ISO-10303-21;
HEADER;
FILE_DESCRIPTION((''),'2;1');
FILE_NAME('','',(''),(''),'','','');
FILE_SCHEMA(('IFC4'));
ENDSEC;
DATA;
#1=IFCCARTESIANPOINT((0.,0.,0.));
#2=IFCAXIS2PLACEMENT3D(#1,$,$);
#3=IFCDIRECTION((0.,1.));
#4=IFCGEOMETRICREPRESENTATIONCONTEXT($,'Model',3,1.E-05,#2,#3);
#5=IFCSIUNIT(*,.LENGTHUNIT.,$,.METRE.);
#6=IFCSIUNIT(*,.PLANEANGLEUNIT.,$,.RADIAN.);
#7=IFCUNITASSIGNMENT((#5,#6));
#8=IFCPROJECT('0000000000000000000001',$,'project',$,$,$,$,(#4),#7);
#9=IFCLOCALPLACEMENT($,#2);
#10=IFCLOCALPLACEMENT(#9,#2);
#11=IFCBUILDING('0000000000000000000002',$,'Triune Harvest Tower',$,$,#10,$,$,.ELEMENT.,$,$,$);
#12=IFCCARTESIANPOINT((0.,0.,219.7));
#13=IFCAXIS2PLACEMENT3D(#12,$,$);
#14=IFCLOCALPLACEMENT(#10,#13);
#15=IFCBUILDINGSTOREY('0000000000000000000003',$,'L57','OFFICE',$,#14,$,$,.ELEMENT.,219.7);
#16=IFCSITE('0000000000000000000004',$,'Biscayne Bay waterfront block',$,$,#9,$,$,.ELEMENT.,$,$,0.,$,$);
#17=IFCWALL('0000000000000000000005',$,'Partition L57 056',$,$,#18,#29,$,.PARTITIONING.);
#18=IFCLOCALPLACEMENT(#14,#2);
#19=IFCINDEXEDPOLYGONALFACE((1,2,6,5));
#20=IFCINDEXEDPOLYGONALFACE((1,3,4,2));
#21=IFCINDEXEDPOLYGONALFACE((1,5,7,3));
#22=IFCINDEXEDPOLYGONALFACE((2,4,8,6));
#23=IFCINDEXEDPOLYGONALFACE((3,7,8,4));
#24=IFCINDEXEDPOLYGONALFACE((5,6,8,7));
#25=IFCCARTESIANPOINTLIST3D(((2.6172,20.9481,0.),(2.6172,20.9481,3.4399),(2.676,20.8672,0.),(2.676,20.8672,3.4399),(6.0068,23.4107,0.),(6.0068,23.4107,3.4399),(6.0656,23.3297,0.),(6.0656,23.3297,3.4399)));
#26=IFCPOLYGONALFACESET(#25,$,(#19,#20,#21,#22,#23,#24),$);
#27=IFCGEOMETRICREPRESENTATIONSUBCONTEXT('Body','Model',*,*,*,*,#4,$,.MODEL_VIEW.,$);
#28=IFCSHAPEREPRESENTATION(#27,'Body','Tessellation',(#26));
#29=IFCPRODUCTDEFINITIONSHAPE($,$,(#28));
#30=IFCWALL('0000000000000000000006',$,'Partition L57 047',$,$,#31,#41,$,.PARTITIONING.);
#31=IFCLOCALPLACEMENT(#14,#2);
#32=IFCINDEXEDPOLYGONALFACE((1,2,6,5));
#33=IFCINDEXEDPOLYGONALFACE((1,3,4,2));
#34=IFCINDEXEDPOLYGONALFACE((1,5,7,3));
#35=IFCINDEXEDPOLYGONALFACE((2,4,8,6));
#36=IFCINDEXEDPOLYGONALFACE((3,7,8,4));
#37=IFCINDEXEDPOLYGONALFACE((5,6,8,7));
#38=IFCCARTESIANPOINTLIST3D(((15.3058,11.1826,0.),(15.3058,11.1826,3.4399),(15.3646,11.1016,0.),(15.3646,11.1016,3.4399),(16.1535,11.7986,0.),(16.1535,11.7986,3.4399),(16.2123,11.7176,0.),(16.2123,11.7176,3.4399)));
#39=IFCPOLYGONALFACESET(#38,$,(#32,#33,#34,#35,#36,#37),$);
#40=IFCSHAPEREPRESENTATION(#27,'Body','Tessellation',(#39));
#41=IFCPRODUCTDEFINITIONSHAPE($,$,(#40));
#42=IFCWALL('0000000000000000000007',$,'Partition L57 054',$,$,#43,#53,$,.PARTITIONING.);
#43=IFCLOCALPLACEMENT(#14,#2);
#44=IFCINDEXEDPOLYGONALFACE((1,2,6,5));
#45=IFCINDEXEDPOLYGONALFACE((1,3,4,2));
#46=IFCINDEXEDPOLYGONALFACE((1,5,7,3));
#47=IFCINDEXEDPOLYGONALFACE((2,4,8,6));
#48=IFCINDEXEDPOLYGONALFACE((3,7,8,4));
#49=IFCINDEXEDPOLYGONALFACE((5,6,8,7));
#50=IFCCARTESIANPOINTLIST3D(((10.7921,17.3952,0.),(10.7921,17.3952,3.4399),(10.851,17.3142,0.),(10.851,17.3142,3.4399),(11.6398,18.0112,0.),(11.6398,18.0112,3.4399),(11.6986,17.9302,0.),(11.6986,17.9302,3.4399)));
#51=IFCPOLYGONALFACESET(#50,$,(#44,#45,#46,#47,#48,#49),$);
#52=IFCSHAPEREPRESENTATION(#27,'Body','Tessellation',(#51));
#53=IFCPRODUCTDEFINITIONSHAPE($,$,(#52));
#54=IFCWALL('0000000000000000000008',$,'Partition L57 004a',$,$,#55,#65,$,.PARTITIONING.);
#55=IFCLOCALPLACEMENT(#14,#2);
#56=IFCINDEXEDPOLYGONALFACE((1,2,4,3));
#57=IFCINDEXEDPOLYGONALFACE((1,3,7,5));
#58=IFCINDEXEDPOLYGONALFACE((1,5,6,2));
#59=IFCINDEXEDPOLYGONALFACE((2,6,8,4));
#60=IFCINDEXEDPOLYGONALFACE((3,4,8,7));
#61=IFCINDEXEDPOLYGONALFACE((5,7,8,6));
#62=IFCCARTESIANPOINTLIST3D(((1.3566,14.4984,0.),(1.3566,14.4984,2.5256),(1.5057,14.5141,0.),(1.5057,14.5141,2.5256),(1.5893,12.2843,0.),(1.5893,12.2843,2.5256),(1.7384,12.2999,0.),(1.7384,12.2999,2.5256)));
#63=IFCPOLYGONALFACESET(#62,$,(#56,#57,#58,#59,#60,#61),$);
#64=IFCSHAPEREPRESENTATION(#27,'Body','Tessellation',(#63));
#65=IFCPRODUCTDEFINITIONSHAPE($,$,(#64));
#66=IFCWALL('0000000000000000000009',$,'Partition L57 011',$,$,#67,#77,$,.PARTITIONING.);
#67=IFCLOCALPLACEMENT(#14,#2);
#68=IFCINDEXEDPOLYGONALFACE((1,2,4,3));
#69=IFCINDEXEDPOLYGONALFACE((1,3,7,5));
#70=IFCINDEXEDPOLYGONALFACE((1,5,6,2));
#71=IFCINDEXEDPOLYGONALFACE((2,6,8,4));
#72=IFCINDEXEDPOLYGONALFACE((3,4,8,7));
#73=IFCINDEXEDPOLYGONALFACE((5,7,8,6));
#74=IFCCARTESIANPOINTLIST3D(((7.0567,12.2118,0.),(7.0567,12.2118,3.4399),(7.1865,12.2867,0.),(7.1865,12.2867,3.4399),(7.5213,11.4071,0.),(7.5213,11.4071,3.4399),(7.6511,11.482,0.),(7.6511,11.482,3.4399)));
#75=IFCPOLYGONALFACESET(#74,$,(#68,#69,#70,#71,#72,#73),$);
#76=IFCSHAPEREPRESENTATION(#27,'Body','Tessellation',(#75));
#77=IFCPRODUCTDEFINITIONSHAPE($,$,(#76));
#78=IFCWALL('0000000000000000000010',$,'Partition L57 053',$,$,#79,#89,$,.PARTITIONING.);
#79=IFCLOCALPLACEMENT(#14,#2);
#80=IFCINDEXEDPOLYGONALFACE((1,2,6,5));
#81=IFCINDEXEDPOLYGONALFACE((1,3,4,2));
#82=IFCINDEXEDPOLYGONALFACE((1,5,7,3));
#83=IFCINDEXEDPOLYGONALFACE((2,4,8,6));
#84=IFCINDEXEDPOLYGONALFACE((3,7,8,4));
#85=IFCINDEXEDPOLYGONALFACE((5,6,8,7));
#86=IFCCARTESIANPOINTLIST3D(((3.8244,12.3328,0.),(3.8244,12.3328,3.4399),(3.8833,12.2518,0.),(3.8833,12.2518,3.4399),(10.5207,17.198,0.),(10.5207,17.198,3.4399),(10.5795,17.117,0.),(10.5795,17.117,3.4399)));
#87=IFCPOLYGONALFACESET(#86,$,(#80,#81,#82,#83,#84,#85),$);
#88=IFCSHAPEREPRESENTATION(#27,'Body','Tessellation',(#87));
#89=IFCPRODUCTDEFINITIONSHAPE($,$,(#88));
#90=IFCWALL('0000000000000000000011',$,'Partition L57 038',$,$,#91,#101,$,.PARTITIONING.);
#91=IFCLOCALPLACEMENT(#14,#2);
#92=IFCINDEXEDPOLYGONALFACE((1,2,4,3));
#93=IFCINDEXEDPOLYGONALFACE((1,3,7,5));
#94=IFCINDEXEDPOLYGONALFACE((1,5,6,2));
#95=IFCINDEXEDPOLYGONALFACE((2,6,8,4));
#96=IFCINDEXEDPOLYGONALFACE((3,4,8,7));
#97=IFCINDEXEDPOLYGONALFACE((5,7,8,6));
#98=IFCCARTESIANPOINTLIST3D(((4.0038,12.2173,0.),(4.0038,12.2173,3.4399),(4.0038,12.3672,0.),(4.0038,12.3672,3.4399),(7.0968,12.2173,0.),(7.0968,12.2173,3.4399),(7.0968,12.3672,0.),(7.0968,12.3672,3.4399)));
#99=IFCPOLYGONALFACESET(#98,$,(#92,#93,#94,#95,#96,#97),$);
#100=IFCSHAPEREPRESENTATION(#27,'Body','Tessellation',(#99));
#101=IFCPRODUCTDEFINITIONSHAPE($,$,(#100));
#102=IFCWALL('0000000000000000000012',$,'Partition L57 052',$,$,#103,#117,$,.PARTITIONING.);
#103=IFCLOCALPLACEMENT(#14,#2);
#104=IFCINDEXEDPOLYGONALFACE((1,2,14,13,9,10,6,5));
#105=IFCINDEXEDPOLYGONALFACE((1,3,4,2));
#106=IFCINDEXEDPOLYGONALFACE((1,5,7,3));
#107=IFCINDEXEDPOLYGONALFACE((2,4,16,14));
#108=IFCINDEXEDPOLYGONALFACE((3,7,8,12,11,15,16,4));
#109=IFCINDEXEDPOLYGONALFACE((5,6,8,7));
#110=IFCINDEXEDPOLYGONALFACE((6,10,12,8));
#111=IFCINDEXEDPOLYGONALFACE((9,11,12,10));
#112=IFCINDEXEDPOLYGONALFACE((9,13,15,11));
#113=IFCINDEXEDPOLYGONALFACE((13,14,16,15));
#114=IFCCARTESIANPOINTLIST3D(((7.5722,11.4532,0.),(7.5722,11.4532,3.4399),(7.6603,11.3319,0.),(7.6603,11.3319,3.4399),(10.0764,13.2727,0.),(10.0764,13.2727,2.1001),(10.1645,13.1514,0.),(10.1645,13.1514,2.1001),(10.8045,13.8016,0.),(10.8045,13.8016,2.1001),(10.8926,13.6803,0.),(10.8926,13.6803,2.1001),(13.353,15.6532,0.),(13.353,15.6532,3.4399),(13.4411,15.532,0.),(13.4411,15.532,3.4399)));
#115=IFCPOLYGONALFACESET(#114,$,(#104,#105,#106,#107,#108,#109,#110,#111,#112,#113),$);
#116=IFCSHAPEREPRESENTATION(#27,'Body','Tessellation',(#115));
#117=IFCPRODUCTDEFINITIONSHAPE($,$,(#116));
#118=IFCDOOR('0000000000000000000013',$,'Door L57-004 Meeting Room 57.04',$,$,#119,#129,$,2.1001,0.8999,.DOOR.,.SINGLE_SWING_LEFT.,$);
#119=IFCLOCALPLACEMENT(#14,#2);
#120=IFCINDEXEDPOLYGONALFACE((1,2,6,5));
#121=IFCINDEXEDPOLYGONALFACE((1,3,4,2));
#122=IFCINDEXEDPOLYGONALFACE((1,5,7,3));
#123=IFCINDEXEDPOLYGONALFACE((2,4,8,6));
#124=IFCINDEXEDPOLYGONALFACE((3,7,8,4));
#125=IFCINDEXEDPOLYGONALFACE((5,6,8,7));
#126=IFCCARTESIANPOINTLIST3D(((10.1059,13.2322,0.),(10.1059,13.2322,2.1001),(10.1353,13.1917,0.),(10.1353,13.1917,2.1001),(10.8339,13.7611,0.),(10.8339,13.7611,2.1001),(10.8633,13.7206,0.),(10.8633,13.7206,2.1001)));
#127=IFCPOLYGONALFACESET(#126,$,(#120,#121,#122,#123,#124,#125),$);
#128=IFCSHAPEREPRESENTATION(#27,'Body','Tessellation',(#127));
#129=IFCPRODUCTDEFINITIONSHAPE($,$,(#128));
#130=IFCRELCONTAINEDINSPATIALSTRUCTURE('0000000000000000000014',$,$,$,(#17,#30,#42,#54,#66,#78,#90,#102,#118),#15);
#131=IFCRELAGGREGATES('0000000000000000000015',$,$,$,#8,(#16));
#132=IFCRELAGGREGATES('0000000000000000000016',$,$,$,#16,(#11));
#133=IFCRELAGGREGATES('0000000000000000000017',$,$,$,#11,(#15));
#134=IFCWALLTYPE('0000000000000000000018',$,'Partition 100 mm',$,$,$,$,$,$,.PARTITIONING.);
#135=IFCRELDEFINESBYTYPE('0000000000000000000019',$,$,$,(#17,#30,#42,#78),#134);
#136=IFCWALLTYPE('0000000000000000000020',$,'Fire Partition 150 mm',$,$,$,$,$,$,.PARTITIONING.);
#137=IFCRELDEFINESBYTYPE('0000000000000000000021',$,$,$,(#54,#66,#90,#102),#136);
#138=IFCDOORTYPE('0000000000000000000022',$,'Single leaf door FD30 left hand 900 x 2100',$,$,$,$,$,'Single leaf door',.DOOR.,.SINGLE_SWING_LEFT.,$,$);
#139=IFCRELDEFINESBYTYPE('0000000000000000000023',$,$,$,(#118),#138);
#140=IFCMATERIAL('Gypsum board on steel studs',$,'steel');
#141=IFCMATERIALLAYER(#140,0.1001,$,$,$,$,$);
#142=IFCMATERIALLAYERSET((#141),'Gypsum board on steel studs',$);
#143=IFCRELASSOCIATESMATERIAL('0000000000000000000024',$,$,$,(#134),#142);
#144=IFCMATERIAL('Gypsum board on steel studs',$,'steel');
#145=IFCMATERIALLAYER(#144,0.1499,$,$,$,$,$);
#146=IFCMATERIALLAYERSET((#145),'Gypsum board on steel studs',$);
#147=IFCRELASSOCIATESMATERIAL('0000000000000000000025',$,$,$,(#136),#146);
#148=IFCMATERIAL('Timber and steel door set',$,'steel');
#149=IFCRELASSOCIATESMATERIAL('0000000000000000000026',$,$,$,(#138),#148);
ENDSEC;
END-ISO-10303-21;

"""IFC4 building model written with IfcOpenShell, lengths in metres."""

from ifc_helpers import new_model, si_unit, direction, frame, frame_2d, origin, place, context, subcontext, project, spatial, rectangle, extrude, source, transform, mapped, material, layer, layer_set, type_object, element, fill, save


model = new_model("IFC4")

# Units and contexts
model_context = context("Model", 3, precision=1e-05, world=origin(), true_north=direction((0.0, 1.0)))
body_context = subcontext(model_context, "Body", "Model", "MODEL_VIEW")
ifc_project = project(units=[si_unit("LENGTHUNIT", "METRE"), si_unit("PLANEANGLEUNIT", "RADIAN")], contexts=[model_context])

# Site, building, storey
site_placement = place(None, origin())
site = spatial("IfcSite", under=ifc_project, at=site_placement, Name="Biscayne Bay waterfront block", CompositionType="ELEMENT", RefElevation=0.0)
building_placement = place(site_placement, origin())
building = spatial("IfcBuilding", under=site, at=building_placement, Name="Triune Harvest Tower", CompositionType="ELEMENT")
storey_placement = place(building_placement, frame((0.0, 0.0, 219.7)))
storey = spatial("IfcBuildingStorey", under=building, at=storey_placement, Name="L57", Description="OFFICE", CompositionType="ELEMENT", Elevation=219.7)

# Walls
ifc_material_1 = material(Name="Gypsum board on steel studs", Category="steel")
ifc_layer_1 = layer(ifc_material_1, 0.1001)
ifc_layer_set_1 = layer_set([ifc_layer_1], Name="Gypsum board on steel studs")
wall_type_1 = type_object("IfcWallType", Name="Partition 100 mm", PredefinedType="PARTITIONING", material=ifc_layer_set_1)
shared_shape_1 = source(origin(), body_context, "Body", "SweptSolid", [
    extrude(rectangle(XDim=4.1897, YDim=0.1001, at=frame_2d((2.0947, 0.0))), origin(), (0.0, 0.0, 1.0), 3.4399),
])
wall_1_placement = place(storey_placement, frame((2.6467, 20.9077, 0.0), z_axis=(0.0, 0.0, 1.0), x_axis=(0.809026, 0.587773, 0.0)))
element("IfcWall", 1, at=wall_1_placement, inside=storey, type_object=wall_type_1, Name="Partition L57 056", PredefinedType="PARTITIONING", context=body_context, shape_type="MappedRepresentation", body=[
    mapped(shared_shape_1, transform((0.0, 0.0, 0.0), scale=1.0)),
])
shared_shape_2 = source(origin(), body_context, "Body", "SweptSolid", [
    extrude(rectangle(XDim=1.0479, YDim=0.1001, at=frame_2d((0.5239, 0.0))), origin(), (0.0, 0.0, 1.0), 3.4399),
])
for number, where, z_axis, x_axis, name in (
    (2, (15.3352, 11.1421, 0.0), (0.0, 0.0, 1.0), (0.808968, 0.587853, 0.0), "Partition L57 047"),
    (3, (10.8215, 17.3547, 0.0), (0.0, 0.0, 1.0), (0.808968, 0.587853, 0.0), "Partition L57 054"),
):
    element("IfcWall", number, at=place(storey_placement, frame(where, z_axis=z_axis, x_axis=x_axis)), inside=storey, type_object=wall_type_1, Name=name, PredefinedType="PARTITIONING", context=body_context, shape_type="MappedRepresentation", body=[
        mapped(shared_shape_2, transform((0.0, 0.0, 0.0), scale=1.0)),
    ])
ifc_material_2 = material(Name="Gypsum board on steel studs", Category="steel")
ifc_layer_2 = layer(ifc_material_2, 0.1499)
ifc_layer_set_2 = layer_set([ifc_layer_2], Name="Gypsum board on steel studs")
wall_type_2 = type_object("IfcWallType", Name="Fire Partition 150 mm", PredefinedType="PARTITIONING", material=ifc_layer_set_2)
shared_shape_3 = source(origin(), body_context, "Body", "SweptSolid", [
    extrude(rectangle(XDim=2.2263, YDim=0.1499, at=frame_2d((1.1133, 0.0))), origin(), (0.0, 0.0, 1.0), 2.5256),
])
wall_2_placement = place(storey_placement, frame((1.4312, 14.5063, 0.0), z_axis=(0.0, 0.0, 1.0), x_axis=(0.104508, -0.994524, 0.0)))
element("IfcWall", 4, at=wall_2_placement, inside=storey, type_object=wall_type_2, Name="Partition L57 004a", PredefinedType="PARTITIONING", context=body_context, shape_type="MappedRepresentation", body=[
    mapped(shared_shape_3, transform((0.0, 0.0, 0.0), scale=1.0)),
])
shared_shape_4 = source(origin(), body_context, "Body", "SweptSolid", [
    extrude(rectangle(XDim=0.9292, YDim=0.1499, at=frame_2d((0.4646, 0.0))), origin(), (0.0, 0.0, 1.0), 3.4399),
])
wall_3_placement = place(storey_placement, frame((7.1216, 12.2493, 0.0), z_axis=(0.0, 0.0, 1.0), x_axis=(0.500011, -0.866019, 0.0)))
element("IfcWall", 5, at=wall_3_placement, inside=storey, type_object=wall_type_2, Name="Partition L57 011", PredefinedType="PARTITIONING", context=body_context, shape_type="MappedRepresentation", body=[
    mapped(shared_shape_4, transform((0.0, 0.0, 0.0), scale=1.0)),
])
shared_shape_5 = source(origin(), body_context, "Body", "SweptSolid", [
    extrude(rectangle(XDim=8.2771, YDim=0.1001, at=frame_2d((4.1387, 0.0))), origin(), (0.0, 0.0, 1.0), 3.4399),
])
wall_4_placement = place(storey_placement, frame((3.8538, 12.2922, 0.0), z_axis=(0.0, 0.0, 1.0), x_axis=(0.809012, 0.587793, 0.0)))
element("IfcWall", 6, at=wall_4_placement, inside=storey, type_object=wall_type_1, Name="Partition L57 053", PredefinedType="PARTITIONING", context=body_context, shape_type="MappedRepresentation", body=[
    mapped(shared_shape_5, transform((0.0, 0.0, 0.0), scale=1.0)),
])
shared_shape_6 = source(origin(), body_context, "Body", "SweptSolid", [
    extrude(rectangle(XDim=3.093, YDim=0.1499, at=frame_2d((1.5464, 0.0))), origin(), (0.0, 0.0, 1.0), 3.4399),
])
wall_5_placement = place(storey_placement, frame((4.0039, 12.2922, 0.0), z_axis=(0.0, 0.0, 1.0), x_axis=(1.0, 0.0, 0.0)))
element("IfcWall", 7, at=wall_5_placement, inside=storey, type_object=wall_type_2, Name="Partition L57 038", PredefinedType="PARTITIONING", context=body_context, shape_type="MappedRepresentation", body=[
    mapped(shared_shape_6, transform((0.0, 0.0, 0.0), scale=1.0)),
])

# Wall, opening, door
shared_shape_7 = source(origin(), body_context, "Body", "SweptSolid", [
    extrude(rectangle(XDim=7.1455, YDim=0.1499, at=frame_2d((3.5728, 0.0))), origin(), (0.0, 0.0, 1.0), 3.4399),
])
wall_6_placement = place(storey_placement, frame((7.6162, 11.3926, 0.0), z_axis=(0.0, 0.0, 1.0), x_axis=(0.809018, 0.587784, 0.0)))
wall_6 = element("IfcWall", 8, at=wall_6_placement, inside=storey, type_object=wall_type_2, Name="Partition L57 052", PredefinedType="PARTITIONING", context=body_context, shape_type="MappedRepresentation", body=[
    mapped(shared_shape_7, transform((0.0, 0.0, 0.0), scale=1.0)),
])
opening_1_placement = place(wall_6_placement, frame((3.0955, 0.0, 0.0)))
opening_1 = element("IfcOpeningElement", 9, at=opening_1_placement, cuts=wall_6, PredefinedType="OPENING", context=body_context, shape_type="SweptSolid", body=[
    extrude(rectangle(XDim=0.8999, YDim=2.1001, at=frame_2d((0.45, 1.05))), frame((0.0, 0.085, 0.0), z_axis=(0.0, -1.0, 0.0), x_axis=(1.0, 0.0, 0.0)), (0.0, 0.0, 1.0), 0.1699),
])
ifc_material_3 = material(Name="Timber and steel door set", Category="steel")
door_type_1 = type_object("IfcDoorType", Name="Single leaf door FD30 left hand 900 x 2100", ElementType="Single leaf door", OperationType="SINGLE_SWING_LEFT", PredefinedType="DOOR", material=ifc_material_3)
door_1_placement = place(opening_1_placement, origin())
door_1 = element("IfcDoor", 10, at=door_1_placement, inside=storey, type_object=door_type_1, Name="Door L57-004 Meeting Room 57.04", OperationType="SINGLE_SWING_LEFT", OverallHeight=2.1001, OverallWidth=0.8999, PredefinedType="DOOR", context=body_context, shape_type="SweptSolid", body=[
    extrude(rectangle(XDim=0.8999, YDim=2.1001, at=frame_2d((0.45, 1.05))), frame((0.0, 0.0249, 0.0), z_axis=(0.0, -1.0, 0.0), x_axis=(1.0, 0.0, 0.0)), (0.0, 0.0, 1.0), 0.05),
])
fill(opening_1, door_1)

save(model, "model.ifc")
